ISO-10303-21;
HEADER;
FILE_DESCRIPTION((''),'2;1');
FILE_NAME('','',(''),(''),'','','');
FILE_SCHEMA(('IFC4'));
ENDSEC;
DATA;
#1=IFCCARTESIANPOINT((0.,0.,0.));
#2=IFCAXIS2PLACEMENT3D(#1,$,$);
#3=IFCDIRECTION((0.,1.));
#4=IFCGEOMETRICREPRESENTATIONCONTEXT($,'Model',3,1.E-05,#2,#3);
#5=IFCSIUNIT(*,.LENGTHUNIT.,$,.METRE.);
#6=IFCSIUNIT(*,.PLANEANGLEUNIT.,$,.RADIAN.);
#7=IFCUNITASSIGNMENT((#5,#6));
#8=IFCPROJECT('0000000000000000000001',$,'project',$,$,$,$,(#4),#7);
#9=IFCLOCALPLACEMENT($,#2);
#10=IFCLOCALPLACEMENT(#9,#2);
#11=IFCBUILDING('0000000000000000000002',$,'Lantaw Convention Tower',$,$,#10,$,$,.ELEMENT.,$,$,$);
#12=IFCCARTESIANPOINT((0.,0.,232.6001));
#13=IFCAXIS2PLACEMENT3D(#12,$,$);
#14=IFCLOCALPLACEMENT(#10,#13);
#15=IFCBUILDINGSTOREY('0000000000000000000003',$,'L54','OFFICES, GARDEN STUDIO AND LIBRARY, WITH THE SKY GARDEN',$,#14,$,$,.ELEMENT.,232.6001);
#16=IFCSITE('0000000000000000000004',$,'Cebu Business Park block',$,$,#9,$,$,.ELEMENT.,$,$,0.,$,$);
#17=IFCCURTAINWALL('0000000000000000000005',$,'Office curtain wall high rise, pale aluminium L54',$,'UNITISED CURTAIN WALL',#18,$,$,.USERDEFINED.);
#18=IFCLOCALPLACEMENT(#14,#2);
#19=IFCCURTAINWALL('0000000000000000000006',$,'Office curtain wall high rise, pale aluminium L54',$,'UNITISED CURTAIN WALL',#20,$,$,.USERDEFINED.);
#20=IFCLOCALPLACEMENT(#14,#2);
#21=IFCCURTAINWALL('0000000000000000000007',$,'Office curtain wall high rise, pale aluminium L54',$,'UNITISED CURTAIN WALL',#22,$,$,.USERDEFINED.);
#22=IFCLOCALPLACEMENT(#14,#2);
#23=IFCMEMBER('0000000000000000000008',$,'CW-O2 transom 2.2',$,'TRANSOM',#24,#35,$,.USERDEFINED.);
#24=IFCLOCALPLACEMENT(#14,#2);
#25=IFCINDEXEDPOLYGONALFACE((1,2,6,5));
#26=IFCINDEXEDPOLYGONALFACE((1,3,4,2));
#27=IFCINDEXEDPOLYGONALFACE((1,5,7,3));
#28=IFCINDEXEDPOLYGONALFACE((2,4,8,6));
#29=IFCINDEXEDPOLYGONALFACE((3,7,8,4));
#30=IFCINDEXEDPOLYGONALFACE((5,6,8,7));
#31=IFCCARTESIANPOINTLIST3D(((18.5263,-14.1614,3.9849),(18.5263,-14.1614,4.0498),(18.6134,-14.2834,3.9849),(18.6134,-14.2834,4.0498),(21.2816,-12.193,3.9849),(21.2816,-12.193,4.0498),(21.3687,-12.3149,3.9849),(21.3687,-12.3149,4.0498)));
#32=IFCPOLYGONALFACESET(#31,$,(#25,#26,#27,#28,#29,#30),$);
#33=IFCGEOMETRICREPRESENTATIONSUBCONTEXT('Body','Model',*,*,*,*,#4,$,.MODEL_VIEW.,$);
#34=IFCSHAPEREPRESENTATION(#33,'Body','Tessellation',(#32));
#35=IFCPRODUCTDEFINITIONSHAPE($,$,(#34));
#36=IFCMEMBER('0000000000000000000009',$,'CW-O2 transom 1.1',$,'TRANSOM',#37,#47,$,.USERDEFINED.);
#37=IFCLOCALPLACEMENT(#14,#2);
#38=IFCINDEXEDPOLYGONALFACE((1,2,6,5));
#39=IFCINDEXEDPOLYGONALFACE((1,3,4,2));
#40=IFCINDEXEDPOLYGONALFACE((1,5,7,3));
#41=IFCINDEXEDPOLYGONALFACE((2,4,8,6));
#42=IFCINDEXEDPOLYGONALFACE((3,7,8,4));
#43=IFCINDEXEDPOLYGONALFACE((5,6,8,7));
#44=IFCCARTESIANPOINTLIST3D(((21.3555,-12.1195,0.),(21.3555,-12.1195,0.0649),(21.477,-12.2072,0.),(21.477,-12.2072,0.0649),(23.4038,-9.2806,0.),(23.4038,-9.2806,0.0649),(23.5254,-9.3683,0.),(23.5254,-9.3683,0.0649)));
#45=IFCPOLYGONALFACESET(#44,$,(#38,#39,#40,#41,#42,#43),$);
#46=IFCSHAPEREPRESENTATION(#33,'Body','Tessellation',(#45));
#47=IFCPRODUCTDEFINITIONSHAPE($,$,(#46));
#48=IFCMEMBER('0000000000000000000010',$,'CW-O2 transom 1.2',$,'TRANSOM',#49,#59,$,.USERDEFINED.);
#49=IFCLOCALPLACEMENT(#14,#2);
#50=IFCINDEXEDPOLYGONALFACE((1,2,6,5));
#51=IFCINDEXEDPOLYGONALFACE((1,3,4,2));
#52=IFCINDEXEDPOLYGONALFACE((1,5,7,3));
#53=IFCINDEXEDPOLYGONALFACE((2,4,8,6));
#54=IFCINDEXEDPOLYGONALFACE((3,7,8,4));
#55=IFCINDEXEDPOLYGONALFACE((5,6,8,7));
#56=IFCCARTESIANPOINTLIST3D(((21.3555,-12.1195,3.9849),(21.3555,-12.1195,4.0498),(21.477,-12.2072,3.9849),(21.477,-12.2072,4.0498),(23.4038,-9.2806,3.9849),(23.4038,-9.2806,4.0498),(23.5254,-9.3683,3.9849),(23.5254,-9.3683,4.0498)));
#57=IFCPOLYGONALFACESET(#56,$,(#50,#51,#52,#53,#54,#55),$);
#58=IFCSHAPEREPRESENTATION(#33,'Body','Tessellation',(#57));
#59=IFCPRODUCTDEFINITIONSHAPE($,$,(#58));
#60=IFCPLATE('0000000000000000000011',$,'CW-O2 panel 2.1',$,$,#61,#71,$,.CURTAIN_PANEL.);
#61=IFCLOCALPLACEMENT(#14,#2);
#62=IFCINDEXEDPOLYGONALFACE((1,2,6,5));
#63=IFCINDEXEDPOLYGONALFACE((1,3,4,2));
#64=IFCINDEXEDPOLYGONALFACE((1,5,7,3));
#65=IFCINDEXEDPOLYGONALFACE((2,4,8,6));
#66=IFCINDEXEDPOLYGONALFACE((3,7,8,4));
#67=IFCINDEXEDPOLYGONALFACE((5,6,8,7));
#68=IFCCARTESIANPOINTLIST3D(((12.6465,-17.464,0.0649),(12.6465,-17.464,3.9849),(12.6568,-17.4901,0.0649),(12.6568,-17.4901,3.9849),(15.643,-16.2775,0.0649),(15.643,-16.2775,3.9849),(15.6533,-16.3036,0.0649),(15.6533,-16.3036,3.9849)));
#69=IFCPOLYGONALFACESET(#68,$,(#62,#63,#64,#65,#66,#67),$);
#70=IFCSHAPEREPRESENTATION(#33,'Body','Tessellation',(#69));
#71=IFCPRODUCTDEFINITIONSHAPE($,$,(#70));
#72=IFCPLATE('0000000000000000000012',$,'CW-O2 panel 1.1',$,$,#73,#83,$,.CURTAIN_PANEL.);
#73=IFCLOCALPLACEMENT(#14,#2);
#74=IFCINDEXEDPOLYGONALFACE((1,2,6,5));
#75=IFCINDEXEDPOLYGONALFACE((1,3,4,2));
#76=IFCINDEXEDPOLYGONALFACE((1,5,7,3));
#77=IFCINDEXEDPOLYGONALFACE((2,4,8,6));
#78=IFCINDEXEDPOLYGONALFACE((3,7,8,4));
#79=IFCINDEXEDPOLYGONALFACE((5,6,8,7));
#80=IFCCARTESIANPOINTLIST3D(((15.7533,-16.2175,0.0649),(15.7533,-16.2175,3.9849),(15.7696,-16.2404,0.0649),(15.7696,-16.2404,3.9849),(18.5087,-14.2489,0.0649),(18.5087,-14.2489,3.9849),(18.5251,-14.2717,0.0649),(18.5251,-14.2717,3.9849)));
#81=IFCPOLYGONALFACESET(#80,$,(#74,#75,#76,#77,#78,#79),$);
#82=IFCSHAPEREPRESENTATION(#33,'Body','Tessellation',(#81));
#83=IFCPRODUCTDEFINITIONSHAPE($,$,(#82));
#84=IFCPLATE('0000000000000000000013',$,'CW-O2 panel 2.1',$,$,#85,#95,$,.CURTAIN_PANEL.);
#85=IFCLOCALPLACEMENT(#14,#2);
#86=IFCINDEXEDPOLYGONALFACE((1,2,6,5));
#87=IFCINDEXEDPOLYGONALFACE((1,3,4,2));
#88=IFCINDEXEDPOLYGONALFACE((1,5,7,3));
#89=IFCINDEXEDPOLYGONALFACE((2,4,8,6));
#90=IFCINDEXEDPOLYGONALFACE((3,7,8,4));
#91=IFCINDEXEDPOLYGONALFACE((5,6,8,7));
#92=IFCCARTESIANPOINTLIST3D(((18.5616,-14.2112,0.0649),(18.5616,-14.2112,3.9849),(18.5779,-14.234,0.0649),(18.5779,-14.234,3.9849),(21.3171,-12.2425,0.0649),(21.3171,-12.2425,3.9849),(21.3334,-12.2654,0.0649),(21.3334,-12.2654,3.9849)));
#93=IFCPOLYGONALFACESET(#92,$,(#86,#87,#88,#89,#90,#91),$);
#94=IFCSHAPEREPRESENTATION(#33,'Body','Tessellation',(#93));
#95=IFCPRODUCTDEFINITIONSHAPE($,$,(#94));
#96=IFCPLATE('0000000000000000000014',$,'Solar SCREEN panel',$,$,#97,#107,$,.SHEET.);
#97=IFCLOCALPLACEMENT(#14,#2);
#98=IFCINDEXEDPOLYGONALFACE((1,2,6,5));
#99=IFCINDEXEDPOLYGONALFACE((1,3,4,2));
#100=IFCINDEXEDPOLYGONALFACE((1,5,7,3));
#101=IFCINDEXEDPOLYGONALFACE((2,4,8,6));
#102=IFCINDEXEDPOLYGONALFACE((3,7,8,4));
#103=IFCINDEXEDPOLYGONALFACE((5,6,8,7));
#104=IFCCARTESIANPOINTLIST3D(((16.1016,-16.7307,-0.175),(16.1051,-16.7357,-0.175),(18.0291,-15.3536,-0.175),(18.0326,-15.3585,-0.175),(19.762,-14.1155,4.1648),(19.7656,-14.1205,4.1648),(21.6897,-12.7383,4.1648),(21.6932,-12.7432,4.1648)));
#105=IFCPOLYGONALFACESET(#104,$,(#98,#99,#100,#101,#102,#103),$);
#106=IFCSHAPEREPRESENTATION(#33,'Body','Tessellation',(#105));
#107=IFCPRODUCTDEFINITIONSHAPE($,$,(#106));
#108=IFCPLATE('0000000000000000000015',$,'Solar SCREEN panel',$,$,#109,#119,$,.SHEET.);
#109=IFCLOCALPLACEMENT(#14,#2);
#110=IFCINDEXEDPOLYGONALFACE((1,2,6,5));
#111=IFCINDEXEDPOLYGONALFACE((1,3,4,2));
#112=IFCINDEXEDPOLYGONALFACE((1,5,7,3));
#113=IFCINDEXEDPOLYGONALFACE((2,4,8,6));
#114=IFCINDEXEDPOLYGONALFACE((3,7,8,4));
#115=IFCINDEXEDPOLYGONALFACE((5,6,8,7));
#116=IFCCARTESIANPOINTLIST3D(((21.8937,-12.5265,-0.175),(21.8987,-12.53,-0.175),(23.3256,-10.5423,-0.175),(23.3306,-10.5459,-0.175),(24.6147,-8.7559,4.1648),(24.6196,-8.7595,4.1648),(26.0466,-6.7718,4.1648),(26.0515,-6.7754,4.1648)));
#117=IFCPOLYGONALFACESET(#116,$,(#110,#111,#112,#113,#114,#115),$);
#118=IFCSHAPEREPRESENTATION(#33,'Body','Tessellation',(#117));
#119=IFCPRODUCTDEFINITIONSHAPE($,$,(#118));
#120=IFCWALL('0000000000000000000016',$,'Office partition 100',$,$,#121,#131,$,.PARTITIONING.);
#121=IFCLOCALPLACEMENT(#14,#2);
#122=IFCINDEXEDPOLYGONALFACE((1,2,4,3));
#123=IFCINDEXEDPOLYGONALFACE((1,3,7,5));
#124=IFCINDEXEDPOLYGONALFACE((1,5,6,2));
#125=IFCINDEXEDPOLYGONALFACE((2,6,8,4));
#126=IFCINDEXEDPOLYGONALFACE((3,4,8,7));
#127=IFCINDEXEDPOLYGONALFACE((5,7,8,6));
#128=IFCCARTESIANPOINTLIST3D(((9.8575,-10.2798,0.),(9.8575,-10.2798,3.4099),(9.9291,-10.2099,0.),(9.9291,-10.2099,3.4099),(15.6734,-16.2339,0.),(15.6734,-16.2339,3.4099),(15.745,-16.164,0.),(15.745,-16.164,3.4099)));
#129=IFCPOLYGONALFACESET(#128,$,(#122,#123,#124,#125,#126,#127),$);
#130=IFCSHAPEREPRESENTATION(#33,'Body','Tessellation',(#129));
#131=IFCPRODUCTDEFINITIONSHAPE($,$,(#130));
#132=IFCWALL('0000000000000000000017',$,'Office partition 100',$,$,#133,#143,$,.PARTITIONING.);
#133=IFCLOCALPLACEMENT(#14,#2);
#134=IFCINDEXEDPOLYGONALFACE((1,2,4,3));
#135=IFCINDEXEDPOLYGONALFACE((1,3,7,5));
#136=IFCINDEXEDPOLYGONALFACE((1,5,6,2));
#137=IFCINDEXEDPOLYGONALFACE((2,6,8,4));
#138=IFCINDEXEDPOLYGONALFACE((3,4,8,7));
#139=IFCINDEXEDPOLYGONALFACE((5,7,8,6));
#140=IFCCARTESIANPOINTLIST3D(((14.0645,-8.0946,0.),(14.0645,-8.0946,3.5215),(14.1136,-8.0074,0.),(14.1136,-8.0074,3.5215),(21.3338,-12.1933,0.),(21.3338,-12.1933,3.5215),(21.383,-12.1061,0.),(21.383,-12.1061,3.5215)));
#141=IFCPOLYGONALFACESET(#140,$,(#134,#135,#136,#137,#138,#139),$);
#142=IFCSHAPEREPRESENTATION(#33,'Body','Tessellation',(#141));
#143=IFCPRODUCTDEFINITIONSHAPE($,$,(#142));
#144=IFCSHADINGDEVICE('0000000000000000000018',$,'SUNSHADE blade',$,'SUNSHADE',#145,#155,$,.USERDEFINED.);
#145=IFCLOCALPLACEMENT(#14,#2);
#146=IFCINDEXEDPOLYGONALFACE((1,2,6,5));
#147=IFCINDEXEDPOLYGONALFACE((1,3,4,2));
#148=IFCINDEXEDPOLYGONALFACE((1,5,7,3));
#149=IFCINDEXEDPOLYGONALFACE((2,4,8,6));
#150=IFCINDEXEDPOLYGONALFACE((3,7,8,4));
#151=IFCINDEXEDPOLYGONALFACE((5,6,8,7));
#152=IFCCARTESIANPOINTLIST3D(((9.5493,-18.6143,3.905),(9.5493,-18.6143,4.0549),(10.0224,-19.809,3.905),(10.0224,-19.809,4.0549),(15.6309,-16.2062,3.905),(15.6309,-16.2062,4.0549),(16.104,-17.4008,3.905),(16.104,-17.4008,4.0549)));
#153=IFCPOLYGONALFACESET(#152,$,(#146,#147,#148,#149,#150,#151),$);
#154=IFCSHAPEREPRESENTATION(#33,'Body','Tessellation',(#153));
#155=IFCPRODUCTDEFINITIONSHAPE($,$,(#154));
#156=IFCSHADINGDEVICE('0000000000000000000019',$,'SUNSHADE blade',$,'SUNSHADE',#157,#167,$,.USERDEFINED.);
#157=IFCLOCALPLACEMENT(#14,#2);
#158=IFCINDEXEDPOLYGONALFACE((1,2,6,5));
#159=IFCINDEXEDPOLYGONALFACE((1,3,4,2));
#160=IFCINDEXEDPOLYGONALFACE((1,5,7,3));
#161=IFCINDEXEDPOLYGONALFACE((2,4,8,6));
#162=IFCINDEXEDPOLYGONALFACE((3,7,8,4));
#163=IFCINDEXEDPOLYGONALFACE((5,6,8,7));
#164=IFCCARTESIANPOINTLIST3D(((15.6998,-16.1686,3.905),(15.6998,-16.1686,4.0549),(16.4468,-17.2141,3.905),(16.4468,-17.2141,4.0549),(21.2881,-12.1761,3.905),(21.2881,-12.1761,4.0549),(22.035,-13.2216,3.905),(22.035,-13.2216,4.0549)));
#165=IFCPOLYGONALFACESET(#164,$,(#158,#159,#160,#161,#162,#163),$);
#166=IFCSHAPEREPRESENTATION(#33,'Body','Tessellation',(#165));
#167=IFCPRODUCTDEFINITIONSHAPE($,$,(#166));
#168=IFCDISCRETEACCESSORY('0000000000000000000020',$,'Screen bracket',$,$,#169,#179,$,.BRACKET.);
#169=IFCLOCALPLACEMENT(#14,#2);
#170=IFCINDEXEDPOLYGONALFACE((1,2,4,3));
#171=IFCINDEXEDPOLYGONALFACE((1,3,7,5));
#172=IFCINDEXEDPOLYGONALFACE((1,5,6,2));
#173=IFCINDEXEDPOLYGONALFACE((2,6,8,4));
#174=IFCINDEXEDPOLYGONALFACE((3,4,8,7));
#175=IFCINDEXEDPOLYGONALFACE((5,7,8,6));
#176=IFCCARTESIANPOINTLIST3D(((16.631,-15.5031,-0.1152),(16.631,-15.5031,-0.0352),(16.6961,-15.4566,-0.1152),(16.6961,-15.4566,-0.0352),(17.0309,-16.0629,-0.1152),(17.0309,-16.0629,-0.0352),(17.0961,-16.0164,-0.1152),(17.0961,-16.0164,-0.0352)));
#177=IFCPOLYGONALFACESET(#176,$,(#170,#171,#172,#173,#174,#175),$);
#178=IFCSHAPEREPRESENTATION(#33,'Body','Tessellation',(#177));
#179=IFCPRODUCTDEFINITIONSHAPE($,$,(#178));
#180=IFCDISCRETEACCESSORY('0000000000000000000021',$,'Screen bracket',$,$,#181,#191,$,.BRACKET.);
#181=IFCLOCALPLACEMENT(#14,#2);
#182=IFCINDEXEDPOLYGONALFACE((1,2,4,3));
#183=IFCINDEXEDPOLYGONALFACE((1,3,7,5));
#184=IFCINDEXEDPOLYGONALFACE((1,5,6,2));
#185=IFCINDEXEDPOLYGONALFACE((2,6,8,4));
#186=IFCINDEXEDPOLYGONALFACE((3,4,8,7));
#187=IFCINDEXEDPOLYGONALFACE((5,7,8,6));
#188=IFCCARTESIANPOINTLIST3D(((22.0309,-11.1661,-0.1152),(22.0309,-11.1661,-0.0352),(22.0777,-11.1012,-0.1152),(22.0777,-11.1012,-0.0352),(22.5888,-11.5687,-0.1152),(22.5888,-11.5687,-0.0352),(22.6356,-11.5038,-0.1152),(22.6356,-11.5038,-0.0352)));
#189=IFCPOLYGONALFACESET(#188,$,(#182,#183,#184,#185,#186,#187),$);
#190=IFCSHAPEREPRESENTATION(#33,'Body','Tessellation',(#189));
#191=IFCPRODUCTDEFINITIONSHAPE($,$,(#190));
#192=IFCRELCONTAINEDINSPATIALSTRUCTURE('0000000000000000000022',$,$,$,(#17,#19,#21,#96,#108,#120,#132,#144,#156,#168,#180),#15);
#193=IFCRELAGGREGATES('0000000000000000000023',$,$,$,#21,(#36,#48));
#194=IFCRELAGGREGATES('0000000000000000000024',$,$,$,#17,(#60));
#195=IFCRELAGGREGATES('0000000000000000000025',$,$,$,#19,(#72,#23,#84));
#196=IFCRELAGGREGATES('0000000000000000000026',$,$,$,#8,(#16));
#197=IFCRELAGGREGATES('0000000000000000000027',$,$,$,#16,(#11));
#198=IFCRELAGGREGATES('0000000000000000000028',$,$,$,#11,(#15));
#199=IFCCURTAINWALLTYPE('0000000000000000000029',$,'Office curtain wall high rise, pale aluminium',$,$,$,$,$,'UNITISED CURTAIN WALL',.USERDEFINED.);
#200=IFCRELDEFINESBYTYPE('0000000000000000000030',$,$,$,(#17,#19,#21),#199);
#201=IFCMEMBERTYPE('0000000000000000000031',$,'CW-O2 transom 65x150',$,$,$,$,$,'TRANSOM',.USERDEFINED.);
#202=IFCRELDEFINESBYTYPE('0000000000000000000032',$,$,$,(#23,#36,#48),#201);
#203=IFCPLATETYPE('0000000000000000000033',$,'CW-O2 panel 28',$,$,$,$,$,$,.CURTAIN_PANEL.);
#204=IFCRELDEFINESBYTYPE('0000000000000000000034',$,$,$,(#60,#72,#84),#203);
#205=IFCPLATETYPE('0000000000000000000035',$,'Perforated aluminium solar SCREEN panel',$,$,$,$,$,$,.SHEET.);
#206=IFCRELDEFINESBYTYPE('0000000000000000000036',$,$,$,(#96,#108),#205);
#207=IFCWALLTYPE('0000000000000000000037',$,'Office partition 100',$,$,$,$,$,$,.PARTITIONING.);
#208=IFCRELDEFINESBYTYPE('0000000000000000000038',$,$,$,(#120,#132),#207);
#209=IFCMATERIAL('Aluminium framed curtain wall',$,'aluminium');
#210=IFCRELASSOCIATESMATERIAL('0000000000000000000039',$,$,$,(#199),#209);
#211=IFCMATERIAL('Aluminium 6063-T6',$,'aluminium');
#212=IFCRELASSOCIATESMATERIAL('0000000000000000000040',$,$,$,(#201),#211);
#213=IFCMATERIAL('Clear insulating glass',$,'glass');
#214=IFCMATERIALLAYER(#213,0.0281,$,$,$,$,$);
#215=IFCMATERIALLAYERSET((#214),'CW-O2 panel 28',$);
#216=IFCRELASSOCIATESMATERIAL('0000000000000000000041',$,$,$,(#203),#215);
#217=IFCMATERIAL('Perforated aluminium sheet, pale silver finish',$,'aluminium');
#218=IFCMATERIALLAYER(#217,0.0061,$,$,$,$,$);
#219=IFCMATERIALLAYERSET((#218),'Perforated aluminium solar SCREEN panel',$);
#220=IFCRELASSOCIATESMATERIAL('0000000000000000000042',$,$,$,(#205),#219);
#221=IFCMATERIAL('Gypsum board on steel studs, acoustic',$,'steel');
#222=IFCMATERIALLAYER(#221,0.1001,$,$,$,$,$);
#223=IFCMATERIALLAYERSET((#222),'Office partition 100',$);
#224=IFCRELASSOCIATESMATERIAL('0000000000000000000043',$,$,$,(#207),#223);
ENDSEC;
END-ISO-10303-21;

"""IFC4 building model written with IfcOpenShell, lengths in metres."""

from ifc_helpers import new_model, si_unit, direction, frame, frame_2d, origin, origin_2d, place, context, subcontext, project, spatial, polyline, rectangle, outline, extrude, material, layer, layer_set, material_profile, profile_set, type_object, element, aggregate, save


model = new_model("IFC4")

# Units and contexts
model_context = context("Model", 3, precision=1e-05, world=origin(), true_north=direction((0.0, 1.0)))
body_context = subcontext(model_context, "Body", "Model", "MODEL_VIEW")
ifc_project = project(units=[si_unit("LENGTHUNIT", "METRE"), si_unit("PLANEANGLEUNIT", "RADIAN")], contexts=[model_context])

# Site, building, storey
site_placement = place(None, origin())
site = spatial("IfcSite", under=ifc_project, at=site_placement, Name="Cebu Business Park block", CompositionType="ELEMENT", RefElevation=0.0)
building_placement = place(site_placement, origin())
building = spatial("IfcBuilding", under=site, at=building_placement, Name="Lantaw Convention Tower", CompositionType="ELEMENT")
storey_placement = place(building_placement, frame((0.0, 0.0, 232.6001)))
storey = spatial("IfcBuildingStorey", under=building, at=storey_placement, Name="L54", Description="OFFICES, GARDEN STUDIO AND LIBRARY, WITH THE SKY GARDEN", CompositionType="ELEMENT", Elevation=232.6001)

# Curtain walls
ifc_material_1 = material(Name="Aluminium framed curtain wall", Category="aluminium")
curtain_wall_type = type_object("IfcCurtainWallType", Name="Office curtain wall high rise, pale aluminium", ElementType="UNITISED CURTAIN WALL", PredefinedType="USERDEFINED", material=ifc_material_1)
curtain_wall_1_placement = place(storey_placement, origin())
curtain_wall_1 = element("IfcCurtainWall", 1, at=curtain_wall_1_placement, inside=storey, type_object=curtain_wall_type, Name="Office curtain wall high rise, pale aluminium L54", ObjectType="UNITISED CURTAIN WALL", PredefinedType="USERDEFINED")
ifc_material_2 = material(Name="Aluminium 6063-T6", Category="aluminium")
curtain_wall_2_placement = place(storey_placement, origin())
curtain_wall_2 = element("IfcCurtainWall", 2, at=curtain_wall_2_placement, inside=storey, type_object=curtain_wall_type, Name="Office curtain wall high rise, pale aluminium L54", ObjectType="UNITISED CURTAIN WALL", PredefinedType="USERDEFINED")

# Curtain wall
curtain_wall_3_placement = place(storey_placement, origin())
curtain_wall_3 = element("IfcCurtainWall", 3, at=curtain_wall_3_placement, inside=storey, type_object=curtain_wall_type, Name="Office curtain wall high rise, pale aluminium L54", ObjectType="UNITISED CURTAIN WALL", PredefinedType="USERDEFINED")

# Members
ifc_material_profile_1 = material_profile(ifc_material_2, rectangle(XDim=0.1499, YDim=0.0649, at=origin_2d()), Name="CW-O2 transom 65x150")
ifc_profile_set_1 = profile_set([ifc_material_profile_1], Name="Aluminium 6063-T6")
member_type_1 = type_object("IfcMemberType", Name="CW-O2 transom 65x150", ElementType="TRANSOM", PredefinedType="USERDEFINED", material=ifc_profile_set_1)
member_1_placement = place(storey_placement, frame((18.5698, -14.2224, 4.0173), z_axis=(0.81368, 0.581313, 0.0), x_axis=(-0.581313, 0.81368, 0.0)))
member_1 = element("IfcMember", 4, at=member_1_placement, type_object=member_type_1, Name="CW-O2 transom 2.2", ObjectType="TRANSOM", PredefinedType="USERDEFINED", context=body_context, shape_type="SweptSolid", body=[
    extrude(rectangle(XDim=0.1499, YDim=0.0649, at=origin_2d()), origin(), (0.0, 0.0, 1.0), 3.3862),
])
member_2_placement = place(storey_placement, frame((21.4163, -12.1633, 0.0325), z_axis=(0.585124, 0.810944, 0.0), x_axis=(-0.810944, 0.585124, 0.0)))
member_2 = element("IfcMember", 5, at=member_2_placement, type_object=member_type_1, Name="CW-O2 transom 1.1", ObjectType="TRANSOM", PredefinedType="USERDEFINED", context=body_context, shape_type="SweptSolid", body=[
    extrude(rectangle(XDim=0.1499, YDim=0.0649, at=origin_2d()), origin(), (0.0, 0.0, 1.0), 3.5007),
])
member_3_placement = place(storey_placement, frame((21.4163, -12.1633, 4.0173), z_axis=(0.585124, 0.810944, 0.0), x_axis=(-0.810944, 0.585124, 0.0)))
member_3 = element("IfcMember", 6, at=member_3_placement, type_object=member_type_1, Name="CW-O2 transom 1.2", ObjectType="TRANSOM", PredefinedType="USERDEFINED", context=body_context, shape_type="SweptSolid", body=[
    extrude(rectangle(XDim=0.1499, YDim=0.0649, at=origin_2d()), origin(), (0.0, 0.0, 1.0), 3.5007),
])
aggregate(curtain_wall_3, [member_2, member_3])

# Plates
ifc_material_3 = material(Name="Clear insulating glass", Category="glass")
ifc_layer_1 = layer(ifc_material_3, 0.0281)
ifc_layer_set_1 = layer_set([ifc_layer_1], Name="CW-O2 panel 28")
plate_type_1 = type_object("IfcPlateType", Name="CW-O2 panel 28", PredefinedType="CURTAIN_PANEL", material=ifc_layer_set_1)
plate_1_placement = place(storey_placement, frame((14.1499, -16.8838, 0.0649), z_axis=(0.0, 0.0, 1.0), x_axis=(0.929762, 0.368162, 0.0)))
plate_1 = element("IfcPlate", 7, at=plate_1_placement, type_object=plate_type_1, Name="CW-O2 panel 2.1", PredefinedType="CURTAIN_PANEL", context=body_context, shape_type="SweptSolid", body=[
    extrude(rectangle(XDim=3.2229, YDim=0.0281, at=origin_2d()), origin(), (0.0, 0.0, 1.0), 3.9199),
])
aggregate(curtain_wall_1, [plate_1])
plate_2_placement = place(storey_placement, frame((17.1392, -15.2446, 0.0649), z_axis=(0.0, 0.0, 1.0), x_axis=(0.813673, 0.581323, 0.0)))
plate_2 = element("IfcPlate", 8, at=plate_2_placement, type_object=plate_type_1, Name="CW-O2 panel 1.1", PredefinedType="CURTAIN_PANEL", context=body_context, shape_type="SweptSolid", body=[
    extrude(rectangle(XDim=3.3865, YDim=0.0281, at=origin_2d()), origin(), (0.0, 0.0, 1.0), 3.9199),
])
plate_3_placement = place(storey_placement, frame((19.9475, -13.2383, 0.0649), z_axis=(0.0, 0.0, 1.0), x_axis=(0.813673, 0.581323, 0.0)))
plate_3 = element("IfcPlate", 9, at=plate_3_placement, type_object=plate_type_1, Name="CW-O2 panel 2.1", PredefinedType="CURTAIN_PANEL", context=body_context, shape_type="SweptSolid", body=[
    extrude(rectangle(XDim=3.3865, YDim=0.0281, at=origin_2d()), origin(), (0.0, 0.0, 1.0), 3.9199),
])
aggregate(curtain_wall_2, [plate_2, member_1, plate_3])

# Plates
ifc_material_4 = material(Name="Perforated aluminium sheet, pale silver finish", Category="aluminium")
ifc_layer_2 = layer(ifc_material_4, 0.0061)
ifc_layer_set_2 = layer_set([ifc_layer_2], Name="Perforated aluminium solar SCREEN panel")
plate_type_2 = type_object("IfcPlateType", Name="Perforated aluminium solar SCREEN panel", PredefinedType="SHEET", material=ifc_layer_set_2)
plate_4_placement = place(storey_placement, frame((16.1016, -16.7307, -0.175), z_axis=(-0.581331, 0.813667, 0.00001), x_axis=(0.813667, 0.581331, 0.0)))
element("IfcPlate", 10, at=plate_4_placement, inside=storey, type_object=plate_type_2, Name="Solar SCREEN panel", PredefinedType="SHEET", context=body_context, shape_type="SweptSolid", body=[
    extrude(outline(polyline([(0.0, 0.0), (2.3689, 0.0), (6.8678, -4.3398), (4.4987, -4.3398), (0.0, 0.0)])), origin(), (0.0, 0.0, -1.0), 0.0061),
])
plate_5_placement = place(storey_placement, frame((21.8987, -12.53, -0.175), z_axis=(0.810892, -0.585195, 0.00002), x_axis=(0.585195, 0.810892, 0.0)))
element("IfcPlate", 11, at=plate_5_placement, inside=storey, type_object=plate_type_2, Name="Solar SCREEN panel", PredefinedType="SHEET", context=body_context, shape_type="SweptSolid", body=[
    extrude(outline(polyline([(0.0, 0.0), (2.4468, 0.0), (7.0966, 4.3398), (4.6498, 4.3398), (0.0, 0.0)])), origin(), (0.0, 0.0, -1.0), 0.0061),
])

# Walls
ifc_material_5 = material(Name="Gypsum board on steel studs, acoustic", Category="steel")
ifc_layer_3 = layer(ifc_material_5, 0.1001)
ifc_layer_set_3 = layer_set([ifc_layer_3], Name="Office partition 100")
wall_type = type_object("IfcWallType", Name="Office partition 100", PredefinedType="PARTITIONING", material=ifc_layer_set_3)
wall_1_placement = place(storey_placement, frame((15.7092, -16.199, 0.0), z_axis=(0.0, 0.0, 1.0), x_axis=(-0.698757, 0.715359, 0.0)))
element("IfcWall", 12, at=wall_1_placement, inside=storey, type_object=wall_type, Name="Office partition 100", PredefinedType="PARTITIONING", context=body_context, shape_type="SweptSolid", body=[
    extrude(rectangle(XDim=8.3232, YDim=0.1001, at=frame_2d((4.1616, 0.0))), origin(), (0.0, 0.0, 1.0), 3.4099),
])
wall_2_placement = place(storey_placement, frame((21.3584, -12.1497, 0.0), z_axis=(0.0, 0.0, 1.0), x_axis=(-0.871081, 0.49114, 0.0)))
element("IfcWall", 13, at=wall_2_placement, inside=storey, type_object=wall_type, Name="Office partition 100", PredefinedType="PARTITIONING", context=body_context, shape_type="SweptSolid", body=[
    extrude(rectangle(XDim=8.3452, YDim=0.1001, at=frame_2d((4.1726, 0.0))), origin(), (0.0, 0.0, 1.0), 3.5215),
])

# Shading devices
shading_device_1_placement = place(storey_placement, frame((12.8267, -18.0076, 3.905), z_axis=(0.0, 0.0, 1.0), x_axis=(0.929762, 0.368162, 0.0)))
element("IfcShadingDevice", 14, at=shading_device_1_placement, inside=storey, Name="SUNSHADE blade", ObjectType="SUNSHADE", PredefinedType="USERDEFINED", context=body_context, shape_type="SweptSolid", body=[
    extrude(rectangle(XDim=6.541, YDim=1.2849, at=origin_2d()), origin(), (0.0, 0.0, 1.0), 0.1499),
])
shading_device_2_placement = place(storey_placement, frame((18.8674, -14.6951, 3.905), z_axis=(0.0, 0.0, 1.0), x_axis=(0.813673, 0.581323, 0.0)))
element("IfcShadingDevice", 15, at=shading_device_2_placement, inside=storey, Name="SUNSHADE blade", ObjectType="SUNSHADE", PredefinedType="USERDEFINED", context=body_context, shape_type="SweptSolid", body=[
    extrude(rectangle(XDim=6.8679, YDim=1.2849, at=origin_2d()), origin(), (0.0, 0.0, 1.0), 0.1499),
])

# Discrete accessories
for number, where, z_axis, x_axis, name in (
    (16, (16.8635, -15.7598, -0.1152), (0.0, 0.0, 1.0), (0.813673, 0.581323, 0.0), "Screen bracket"),
    (17, (22.3333, -11.335, -0.1152), (0.0, 0.0, 1.0), (0.585158, 0.81092, 0.0), "Screen bracket"),
):
    element("IfcDiscreteAccessory", number, at=place(storey_placement, frame(where, z_axis=z_axis, x_axis=x_axis)), inside=storey, Name=name, PredefinedType="BRACKET", context=body_context, shape_type="SweptSolid", body=[
        extrude(rectangle(XDim=0.0801, YDim=0.688, at=origin_2d()), origin(), (0.0, 0.0, 1.0), 0.0801),
    ])

save(model, "model.ifc")
